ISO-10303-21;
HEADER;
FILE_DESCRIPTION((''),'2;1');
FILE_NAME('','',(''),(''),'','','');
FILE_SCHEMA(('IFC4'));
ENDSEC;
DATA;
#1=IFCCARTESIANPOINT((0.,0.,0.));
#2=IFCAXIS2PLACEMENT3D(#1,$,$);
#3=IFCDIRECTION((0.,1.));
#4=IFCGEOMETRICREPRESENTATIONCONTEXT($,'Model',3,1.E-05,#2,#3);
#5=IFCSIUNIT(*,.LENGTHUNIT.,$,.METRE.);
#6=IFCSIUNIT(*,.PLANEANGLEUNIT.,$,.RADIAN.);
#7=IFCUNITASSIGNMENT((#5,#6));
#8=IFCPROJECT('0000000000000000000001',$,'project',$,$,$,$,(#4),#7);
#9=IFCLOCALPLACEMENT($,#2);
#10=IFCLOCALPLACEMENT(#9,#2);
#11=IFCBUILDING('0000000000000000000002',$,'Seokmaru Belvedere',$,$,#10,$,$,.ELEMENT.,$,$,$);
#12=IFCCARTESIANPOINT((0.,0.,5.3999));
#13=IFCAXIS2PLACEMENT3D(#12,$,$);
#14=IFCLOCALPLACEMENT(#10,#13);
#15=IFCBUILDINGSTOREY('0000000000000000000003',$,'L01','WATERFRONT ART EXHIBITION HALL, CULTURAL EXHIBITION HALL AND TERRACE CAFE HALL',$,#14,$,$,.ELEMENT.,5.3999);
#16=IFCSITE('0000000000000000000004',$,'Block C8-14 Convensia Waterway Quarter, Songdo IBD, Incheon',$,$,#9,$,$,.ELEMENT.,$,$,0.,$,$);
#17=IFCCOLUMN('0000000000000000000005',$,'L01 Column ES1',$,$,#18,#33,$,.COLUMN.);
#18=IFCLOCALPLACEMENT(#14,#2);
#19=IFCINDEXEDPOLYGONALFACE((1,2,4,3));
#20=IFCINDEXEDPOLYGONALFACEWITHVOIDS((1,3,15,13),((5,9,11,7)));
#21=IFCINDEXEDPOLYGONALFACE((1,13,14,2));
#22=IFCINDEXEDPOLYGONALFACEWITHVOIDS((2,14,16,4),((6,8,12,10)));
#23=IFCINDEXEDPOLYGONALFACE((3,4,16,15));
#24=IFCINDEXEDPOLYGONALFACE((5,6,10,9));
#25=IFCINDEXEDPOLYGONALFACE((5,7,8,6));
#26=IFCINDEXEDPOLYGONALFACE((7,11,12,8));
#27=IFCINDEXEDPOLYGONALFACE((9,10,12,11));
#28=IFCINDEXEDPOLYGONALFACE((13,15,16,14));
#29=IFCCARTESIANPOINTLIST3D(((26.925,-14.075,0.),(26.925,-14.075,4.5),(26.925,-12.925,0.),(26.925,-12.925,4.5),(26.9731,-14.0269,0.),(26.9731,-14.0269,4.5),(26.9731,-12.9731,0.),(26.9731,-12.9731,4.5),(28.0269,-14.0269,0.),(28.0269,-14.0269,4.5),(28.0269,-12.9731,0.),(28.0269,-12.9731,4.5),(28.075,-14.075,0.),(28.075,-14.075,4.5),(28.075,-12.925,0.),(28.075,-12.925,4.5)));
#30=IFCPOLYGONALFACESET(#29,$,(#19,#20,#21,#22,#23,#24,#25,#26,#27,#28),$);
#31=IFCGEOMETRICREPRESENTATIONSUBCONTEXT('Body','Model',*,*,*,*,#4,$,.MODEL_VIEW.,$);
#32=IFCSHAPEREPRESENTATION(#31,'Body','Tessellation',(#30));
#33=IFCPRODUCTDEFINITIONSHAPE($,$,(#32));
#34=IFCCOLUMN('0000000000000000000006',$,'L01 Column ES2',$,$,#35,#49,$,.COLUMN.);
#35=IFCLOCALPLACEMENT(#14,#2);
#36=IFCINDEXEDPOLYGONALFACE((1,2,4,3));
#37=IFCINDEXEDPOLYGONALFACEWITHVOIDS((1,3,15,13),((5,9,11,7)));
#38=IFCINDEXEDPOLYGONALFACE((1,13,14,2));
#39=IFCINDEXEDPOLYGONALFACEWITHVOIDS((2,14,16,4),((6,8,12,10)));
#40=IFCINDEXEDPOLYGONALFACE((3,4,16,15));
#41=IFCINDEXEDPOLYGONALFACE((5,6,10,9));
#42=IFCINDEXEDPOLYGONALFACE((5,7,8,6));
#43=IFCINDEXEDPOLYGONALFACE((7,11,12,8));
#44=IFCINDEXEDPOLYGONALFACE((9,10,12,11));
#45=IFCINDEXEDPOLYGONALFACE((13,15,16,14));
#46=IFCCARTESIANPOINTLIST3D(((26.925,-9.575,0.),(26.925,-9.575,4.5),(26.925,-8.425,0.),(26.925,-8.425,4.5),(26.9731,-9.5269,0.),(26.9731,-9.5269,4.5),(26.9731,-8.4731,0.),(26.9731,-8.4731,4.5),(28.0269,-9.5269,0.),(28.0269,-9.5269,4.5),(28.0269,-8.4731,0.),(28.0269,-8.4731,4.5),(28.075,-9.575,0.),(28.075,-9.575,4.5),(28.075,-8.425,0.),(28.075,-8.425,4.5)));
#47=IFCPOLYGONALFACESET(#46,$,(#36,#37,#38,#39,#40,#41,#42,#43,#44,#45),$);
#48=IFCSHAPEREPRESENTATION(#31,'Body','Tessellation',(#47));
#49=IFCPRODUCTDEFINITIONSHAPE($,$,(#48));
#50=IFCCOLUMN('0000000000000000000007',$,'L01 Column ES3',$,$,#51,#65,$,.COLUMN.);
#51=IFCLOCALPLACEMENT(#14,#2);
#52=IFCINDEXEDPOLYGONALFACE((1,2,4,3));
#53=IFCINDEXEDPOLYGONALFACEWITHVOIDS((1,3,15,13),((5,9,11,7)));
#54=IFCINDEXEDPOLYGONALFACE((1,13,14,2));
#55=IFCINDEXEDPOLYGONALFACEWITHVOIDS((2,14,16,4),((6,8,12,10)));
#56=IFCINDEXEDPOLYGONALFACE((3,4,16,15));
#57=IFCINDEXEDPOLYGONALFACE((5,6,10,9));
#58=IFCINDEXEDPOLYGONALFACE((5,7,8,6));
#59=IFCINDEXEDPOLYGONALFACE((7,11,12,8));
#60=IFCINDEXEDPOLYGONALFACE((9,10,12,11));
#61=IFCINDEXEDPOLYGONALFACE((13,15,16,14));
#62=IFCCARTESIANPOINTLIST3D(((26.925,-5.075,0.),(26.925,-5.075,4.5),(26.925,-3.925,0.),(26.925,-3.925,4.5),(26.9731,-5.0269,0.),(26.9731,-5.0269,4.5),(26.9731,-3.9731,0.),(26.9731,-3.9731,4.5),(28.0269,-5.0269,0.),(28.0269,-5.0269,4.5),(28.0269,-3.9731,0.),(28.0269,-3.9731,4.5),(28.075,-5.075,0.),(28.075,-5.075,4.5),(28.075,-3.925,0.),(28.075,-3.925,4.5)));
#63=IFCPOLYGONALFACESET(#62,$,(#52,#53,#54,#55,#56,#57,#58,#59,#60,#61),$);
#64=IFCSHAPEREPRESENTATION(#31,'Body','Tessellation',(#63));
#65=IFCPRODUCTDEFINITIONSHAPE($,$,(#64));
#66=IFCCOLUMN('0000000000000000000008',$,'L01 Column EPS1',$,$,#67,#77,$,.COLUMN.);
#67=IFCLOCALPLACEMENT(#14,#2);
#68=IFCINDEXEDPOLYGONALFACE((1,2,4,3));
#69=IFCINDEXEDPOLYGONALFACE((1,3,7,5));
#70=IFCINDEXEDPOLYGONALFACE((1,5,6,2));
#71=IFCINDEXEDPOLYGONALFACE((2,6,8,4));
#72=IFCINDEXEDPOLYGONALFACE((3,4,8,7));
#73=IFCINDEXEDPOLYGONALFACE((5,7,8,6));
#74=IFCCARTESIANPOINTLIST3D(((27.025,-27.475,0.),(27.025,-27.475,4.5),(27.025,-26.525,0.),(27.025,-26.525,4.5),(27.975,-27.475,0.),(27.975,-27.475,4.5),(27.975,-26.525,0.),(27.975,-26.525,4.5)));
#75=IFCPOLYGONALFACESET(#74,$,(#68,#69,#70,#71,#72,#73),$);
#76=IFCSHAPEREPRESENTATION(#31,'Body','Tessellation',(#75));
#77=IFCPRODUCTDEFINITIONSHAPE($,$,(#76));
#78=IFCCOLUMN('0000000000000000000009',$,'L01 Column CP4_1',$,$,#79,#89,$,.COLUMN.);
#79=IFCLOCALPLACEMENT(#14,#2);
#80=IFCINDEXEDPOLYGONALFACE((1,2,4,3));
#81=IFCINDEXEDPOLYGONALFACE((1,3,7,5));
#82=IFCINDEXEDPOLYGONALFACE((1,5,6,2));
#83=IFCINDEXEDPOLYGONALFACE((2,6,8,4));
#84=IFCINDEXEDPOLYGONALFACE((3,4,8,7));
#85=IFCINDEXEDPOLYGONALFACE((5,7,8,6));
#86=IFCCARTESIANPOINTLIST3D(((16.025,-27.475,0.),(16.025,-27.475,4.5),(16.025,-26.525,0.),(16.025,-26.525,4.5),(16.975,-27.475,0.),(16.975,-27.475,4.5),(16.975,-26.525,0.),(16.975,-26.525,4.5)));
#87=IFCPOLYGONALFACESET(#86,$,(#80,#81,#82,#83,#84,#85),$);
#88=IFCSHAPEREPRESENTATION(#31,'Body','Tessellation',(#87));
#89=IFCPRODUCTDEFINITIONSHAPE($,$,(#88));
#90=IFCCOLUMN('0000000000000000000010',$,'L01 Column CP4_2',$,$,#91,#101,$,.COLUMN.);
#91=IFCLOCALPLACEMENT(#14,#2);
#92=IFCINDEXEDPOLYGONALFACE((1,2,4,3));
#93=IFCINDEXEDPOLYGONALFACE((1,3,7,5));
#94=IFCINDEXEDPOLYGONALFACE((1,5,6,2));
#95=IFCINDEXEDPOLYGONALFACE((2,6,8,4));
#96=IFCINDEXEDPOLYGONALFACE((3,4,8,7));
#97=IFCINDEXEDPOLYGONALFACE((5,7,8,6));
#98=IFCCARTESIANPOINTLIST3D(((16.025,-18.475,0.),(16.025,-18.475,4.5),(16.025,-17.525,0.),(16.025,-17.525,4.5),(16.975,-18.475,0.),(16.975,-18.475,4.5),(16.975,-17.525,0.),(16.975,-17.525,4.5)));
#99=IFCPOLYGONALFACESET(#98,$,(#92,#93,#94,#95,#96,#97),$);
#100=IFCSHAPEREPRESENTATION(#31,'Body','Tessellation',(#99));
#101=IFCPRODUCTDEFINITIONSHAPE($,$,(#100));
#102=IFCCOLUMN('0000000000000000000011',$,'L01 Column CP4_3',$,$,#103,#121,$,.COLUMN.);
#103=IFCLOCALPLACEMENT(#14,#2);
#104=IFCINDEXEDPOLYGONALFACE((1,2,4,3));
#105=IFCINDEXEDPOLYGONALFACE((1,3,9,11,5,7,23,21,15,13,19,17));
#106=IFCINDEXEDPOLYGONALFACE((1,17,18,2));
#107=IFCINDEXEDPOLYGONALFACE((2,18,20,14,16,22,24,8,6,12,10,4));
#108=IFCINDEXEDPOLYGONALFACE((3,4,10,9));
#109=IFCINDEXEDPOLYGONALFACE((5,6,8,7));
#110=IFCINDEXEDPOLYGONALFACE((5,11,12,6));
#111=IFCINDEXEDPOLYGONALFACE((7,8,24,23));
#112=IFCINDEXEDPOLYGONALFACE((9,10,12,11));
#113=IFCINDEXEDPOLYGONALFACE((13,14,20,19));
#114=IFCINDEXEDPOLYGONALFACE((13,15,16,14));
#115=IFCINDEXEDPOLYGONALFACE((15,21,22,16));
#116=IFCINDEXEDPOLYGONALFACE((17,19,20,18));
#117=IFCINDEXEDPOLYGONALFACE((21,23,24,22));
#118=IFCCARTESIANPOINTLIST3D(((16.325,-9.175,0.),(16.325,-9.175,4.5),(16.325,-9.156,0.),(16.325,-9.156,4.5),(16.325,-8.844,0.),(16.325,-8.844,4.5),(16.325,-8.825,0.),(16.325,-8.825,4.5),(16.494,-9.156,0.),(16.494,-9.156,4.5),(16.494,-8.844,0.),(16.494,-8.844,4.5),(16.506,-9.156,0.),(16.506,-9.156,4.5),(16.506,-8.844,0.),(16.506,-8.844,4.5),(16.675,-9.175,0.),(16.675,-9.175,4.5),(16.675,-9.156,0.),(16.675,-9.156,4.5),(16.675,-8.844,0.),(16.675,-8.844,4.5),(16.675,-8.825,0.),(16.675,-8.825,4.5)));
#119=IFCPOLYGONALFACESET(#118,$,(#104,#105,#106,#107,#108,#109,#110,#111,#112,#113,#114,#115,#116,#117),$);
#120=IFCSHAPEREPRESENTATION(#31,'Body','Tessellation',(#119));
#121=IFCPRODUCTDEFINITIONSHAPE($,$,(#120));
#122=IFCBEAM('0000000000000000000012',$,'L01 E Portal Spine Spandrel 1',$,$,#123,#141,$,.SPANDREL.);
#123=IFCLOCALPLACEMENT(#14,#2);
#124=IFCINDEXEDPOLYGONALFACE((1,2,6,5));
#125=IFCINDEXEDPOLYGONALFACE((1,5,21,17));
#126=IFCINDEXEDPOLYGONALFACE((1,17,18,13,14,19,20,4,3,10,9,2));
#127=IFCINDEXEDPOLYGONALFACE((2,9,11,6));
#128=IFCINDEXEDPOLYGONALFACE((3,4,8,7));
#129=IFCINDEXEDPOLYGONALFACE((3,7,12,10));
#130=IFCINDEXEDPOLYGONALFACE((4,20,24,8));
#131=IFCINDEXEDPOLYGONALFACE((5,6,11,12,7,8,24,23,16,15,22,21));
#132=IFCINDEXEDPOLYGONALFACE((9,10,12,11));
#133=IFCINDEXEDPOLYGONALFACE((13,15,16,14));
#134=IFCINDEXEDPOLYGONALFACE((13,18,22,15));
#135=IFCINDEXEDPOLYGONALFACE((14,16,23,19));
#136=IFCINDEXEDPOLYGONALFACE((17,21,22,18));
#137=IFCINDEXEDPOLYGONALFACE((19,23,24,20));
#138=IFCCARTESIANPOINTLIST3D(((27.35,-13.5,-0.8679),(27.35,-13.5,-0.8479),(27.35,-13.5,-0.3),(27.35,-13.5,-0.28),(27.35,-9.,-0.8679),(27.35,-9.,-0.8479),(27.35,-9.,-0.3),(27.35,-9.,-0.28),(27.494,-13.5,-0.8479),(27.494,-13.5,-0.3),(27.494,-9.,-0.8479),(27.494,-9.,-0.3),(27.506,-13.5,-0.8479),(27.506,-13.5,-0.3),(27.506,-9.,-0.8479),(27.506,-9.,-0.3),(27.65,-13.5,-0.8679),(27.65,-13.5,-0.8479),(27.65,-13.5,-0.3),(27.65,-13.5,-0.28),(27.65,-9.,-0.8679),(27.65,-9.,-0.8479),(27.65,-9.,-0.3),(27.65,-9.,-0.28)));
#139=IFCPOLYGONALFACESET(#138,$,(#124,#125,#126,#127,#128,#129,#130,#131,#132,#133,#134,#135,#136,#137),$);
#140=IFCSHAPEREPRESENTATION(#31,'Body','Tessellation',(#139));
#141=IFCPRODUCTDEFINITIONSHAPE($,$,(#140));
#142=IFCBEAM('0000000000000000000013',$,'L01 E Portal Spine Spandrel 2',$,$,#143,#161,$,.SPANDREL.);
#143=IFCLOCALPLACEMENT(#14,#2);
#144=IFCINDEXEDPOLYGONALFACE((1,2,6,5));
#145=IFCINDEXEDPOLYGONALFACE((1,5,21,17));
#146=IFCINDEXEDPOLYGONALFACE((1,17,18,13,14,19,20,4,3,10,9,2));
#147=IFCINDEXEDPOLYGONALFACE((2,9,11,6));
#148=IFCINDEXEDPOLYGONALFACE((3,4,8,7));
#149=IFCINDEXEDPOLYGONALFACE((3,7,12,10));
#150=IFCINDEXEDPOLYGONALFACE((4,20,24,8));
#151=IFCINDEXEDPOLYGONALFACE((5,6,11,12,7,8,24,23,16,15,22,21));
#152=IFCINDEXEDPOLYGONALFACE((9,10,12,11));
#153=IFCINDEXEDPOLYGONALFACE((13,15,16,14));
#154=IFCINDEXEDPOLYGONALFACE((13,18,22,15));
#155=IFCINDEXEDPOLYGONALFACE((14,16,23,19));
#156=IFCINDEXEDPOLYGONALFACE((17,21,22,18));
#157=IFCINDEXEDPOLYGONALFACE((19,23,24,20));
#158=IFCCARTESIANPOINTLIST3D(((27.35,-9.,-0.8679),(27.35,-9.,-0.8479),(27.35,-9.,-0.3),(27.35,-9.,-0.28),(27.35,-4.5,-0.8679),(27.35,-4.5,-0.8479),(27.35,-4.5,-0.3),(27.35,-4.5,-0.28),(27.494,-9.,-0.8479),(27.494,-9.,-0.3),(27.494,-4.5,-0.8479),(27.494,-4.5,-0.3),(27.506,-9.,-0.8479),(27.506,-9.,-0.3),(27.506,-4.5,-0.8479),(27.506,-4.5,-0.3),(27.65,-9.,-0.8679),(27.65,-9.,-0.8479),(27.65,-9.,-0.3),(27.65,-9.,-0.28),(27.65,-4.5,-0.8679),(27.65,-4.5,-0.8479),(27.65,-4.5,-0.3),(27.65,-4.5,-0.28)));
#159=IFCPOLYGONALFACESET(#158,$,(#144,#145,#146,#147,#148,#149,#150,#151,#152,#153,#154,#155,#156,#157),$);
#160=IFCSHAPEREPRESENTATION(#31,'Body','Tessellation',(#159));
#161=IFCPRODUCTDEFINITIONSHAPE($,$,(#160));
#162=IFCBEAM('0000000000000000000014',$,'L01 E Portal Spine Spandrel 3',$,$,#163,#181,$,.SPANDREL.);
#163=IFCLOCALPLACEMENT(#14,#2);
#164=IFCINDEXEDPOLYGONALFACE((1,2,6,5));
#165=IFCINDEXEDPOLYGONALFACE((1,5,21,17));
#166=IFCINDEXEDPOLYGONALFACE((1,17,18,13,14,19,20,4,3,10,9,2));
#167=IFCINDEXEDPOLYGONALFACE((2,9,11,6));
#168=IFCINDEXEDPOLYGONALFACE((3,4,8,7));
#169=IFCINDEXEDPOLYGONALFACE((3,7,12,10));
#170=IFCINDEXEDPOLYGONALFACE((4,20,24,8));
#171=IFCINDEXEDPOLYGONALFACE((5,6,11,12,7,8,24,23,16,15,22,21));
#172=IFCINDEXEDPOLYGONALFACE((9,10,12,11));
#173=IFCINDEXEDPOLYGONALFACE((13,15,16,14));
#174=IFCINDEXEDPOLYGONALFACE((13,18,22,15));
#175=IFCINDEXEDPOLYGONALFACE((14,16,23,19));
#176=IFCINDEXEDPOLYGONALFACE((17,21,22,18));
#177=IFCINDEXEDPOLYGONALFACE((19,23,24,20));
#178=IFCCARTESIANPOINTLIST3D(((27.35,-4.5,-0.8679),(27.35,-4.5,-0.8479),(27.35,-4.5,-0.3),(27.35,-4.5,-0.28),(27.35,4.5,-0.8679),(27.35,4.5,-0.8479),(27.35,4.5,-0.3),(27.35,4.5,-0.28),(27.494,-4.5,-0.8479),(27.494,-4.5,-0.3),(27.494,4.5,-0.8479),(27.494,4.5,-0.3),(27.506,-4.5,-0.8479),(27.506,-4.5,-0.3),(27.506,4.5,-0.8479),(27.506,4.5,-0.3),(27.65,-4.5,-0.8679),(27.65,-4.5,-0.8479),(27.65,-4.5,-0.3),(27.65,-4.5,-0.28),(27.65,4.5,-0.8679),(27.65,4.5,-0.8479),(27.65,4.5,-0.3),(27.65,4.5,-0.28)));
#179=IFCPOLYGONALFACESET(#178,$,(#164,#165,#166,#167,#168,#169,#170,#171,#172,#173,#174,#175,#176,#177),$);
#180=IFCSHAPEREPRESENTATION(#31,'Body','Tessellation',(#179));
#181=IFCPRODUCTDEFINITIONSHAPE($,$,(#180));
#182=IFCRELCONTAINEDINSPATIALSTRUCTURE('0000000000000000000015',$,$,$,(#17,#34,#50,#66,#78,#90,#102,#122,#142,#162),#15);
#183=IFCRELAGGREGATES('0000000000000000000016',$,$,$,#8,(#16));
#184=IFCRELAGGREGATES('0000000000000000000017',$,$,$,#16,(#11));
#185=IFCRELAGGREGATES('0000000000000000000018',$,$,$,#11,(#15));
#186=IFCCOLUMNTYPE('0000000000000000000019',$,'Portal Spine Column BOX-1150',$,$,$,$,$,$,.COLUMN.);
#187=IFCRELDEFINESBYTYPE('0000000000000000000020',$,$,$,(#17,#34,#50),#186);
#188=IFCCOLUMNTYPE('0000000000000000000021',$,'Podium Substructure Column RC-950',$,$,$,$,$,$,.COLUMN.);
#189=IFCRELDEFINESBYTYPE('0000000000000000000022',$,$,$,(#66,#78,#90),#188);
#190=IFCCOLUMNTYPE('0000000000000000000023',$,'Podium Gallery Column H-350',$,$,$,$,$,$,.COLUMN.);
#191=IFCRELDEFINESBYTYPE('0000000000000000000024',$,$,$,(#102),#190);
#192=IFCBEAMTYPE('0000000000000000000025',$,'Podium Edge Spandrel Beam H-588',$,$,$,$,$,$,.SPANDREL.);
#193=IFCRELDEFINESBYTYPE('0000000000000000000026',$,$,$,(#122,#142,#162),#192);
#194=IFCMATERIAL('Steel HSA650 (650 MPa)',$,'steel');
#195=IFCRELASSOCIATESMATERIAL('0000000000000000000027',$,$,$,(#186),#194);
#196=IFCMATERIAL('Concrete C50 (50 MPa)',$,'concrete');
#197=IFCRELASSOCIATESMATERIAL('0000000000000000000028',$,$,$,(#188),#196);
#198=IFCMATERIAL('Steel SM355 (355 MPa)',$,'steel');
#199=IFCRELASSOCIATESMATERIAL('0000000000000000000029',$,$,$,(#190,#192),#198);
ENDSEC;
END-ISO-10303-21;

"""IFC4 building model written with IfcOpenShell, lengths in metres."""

from ifc_helpers import new_model, si_unit, direction, frame, origin, origin_2d, place, context, subcontext, project, spatial, rectangle, hollow_rectangle, i_section, extrude, source, transform, mapped, material, material_profile, profile_set, type_object, type_shapes, element, save


model = new_model("IFC4")

# Units and contexts
model_context = context("Model", 3, precision=1e-05, world=origin(), true_north=direction((0.0, 1.0)))
body_context = subcontext(model_context, "Body", "Model", "MODEL_VIEW")
ifc_project = project(units=[si_unit("LENGTHUNIT", "METRE"), si_unit("PLANEANGLEUNIT", "RADIAN")], contexts=[model_context])

# Site, building, storey
site_placement = place(None, origin())
site = spatial("IfcSite", under=ifc_project, at=site_placement, Name="Block C8-14 Convensia Waterway Quarter, Songdo IBD, Incheon", CompositionType="ELEMENT", RefElevation=0.0)
building_placement = place(site_placement, origin())
building = spatial("IfcBuilding", under=site, at=building_placement, Name="Seokmaru Belvedere", CompositionType="ELEMENT")
storey_placement = place(building_placement, frame((0.0, 0.0, 5.3999)))
storey = spatial("IfcBuildingStorey", under=building, at=storey_placement, Name="L01", Description="WATERFRONT ART EXHIBITION HALL, CULTURAL EXHIBITION HALL AND TERRACE CAFE HALL", CompositionType="ELEMENT", Elevation=5.3999)

# Columns
ifc_material_1 = material(Name="Steel HSA650 (650 MPa)", Category="steel")
ifc_material_profile_1 = material_profile(ifc_material_1, hollow_rectangle(XDim=1.1499, YDim=1.1499, WallThickness=0.0481, at=origin_2d()), Name="BOX-1150x1150x48")
ifc_profile_set_1 = profile_set([ifc_material_profile_1], Name="Steel HSA650 (650 MPa)")
column_type_1 = type_object("IfcColumnType", Name="Portal Spine Column BOX-1150", PredefinedType="COLUMN", material=ifc_profile_set_1)
shared_shape_1 = source(origin(), body_context, "Body", "SweptSolid", [
    extrude(hollow_rectangle(XDim=1.1499, YDim=1.1499, WallThickness=0.0481, at=origin_2d()), origin(), (0.0, 0.0, 1.0), 4.5),
])
type_shapes(column_type_1, [shared_shape_1])
for number, where, z_axis, x_axis, name in (
    (1, (27.5, -13.5, 0.0), (0.0, 0.0, 1.0), (1.0, 0.0, 0.0), "L01 Column ES1"),
    (2, (27.5, -9.0, 0.0), (0.0, 0.0, 1.0), (1.0, 0.0, 0.0), "L01 Column ES2"),
    (3, (27.5, -4.5, 0.0), (0.0, 0.0, 1.0), (1.0, 0.0, 0.0), "L01 Column ES3"),
):
    element("IfcColumn", number, at=place(storey_placement, frame(where, z_axis=z_axis, x_axis=x_axis)), inside=storey, type_object=column_type_1, Name=name, PredefinedType="COLUMN", context=body_context, shape_type="MappedRepresentation", body=[
        mapped(shared_shape_1, transform((0.0, 0.0, 0.0), scale=1.0)),
    ])
ifc_material_2 = material(Name="Concrete C50 (50 MPa)", Category="concrete")
ifc_material_profile_2 = material_profile(ifc_material_2, rectangle(XDim=0.95, YDim=0.95, at=origin_2d()), Name="RC-950x950")
ifc_profile_set_2 = profile_set([ifc_material_profile_2], Name="Concrete C50 (50 MPa)")
column_type_2 = type_object("IfcColumnType", Name="Podium Substructure Column RC-950", PredefinedType="COLUMN", material=ifc_profile_set_2)
shared_shape_2 = source(origin(), body_context, "Body", "SweptSolid", [
    extrude(rectangle(XDim=0.95, YDim=0.95, at=origin_2d()), origin(), (0.0, 0.0, 1.0), 4.5),
])
type_shapes(column_type_2, [shared_shape_2])
for number, where, z_axis, x_axis, name in (
    (4, (27.5, -27.0, 0.0), (0.0, 0.0, 1.0), (1.0, 0.0, 0.0), "L01 Column EPS1"),
    (5, (16.5, -27.0, 0.0), (0.0, 0.0, 1.0), (1.0, 0.0, 0.0), "L01 Column CP4_1"),
    (6, (16.5, -18.0, 0.0), (0.0, 0.0, 1.0), (1.0, 0.0, 0.0), "L01 Column CP4_2"),
):
    element("IfcColumn", number, at=place(storey_placement, frame(where, z_axis=z_axis, x_axis=x_axis)), inside=storey, type_object=column_type_2, Name=name, PredefinedType="COLUMN", context=body_context, shape_type="MappedRepresentation", body=[
        mapped(shared_shape_2, transform((0.0, 0.0, 0.0), scale=1.0)),
    ])
ifc_material_3 = material(Name="Steel SM355 (355 MPa)", Category="steel")
ifc_material_profile_3 = material_profile(ifc_material_3, i_section(OverallWidth=0.3501, OverallDepth=0.3501, WebThickness=0.012, FlangeThickness=0.019, at=origin_2d()), Name="H-350x350x12x19")
ifc_profile_set_3 = profile_set([ifc_material_profile_3], Name="Steel SM355 (355 MPa)")
column_type_3 = type_object("IfcColumnType", Name="Podium Gallery Column H-350", PredefinedType="COLUMN", material=ifc_profile_set_3)
shared_shape_3 = source(origin(), body_context, "Body", "SweptSolid", [
    extrude(i_section(OverallWidth=0.3501, OverallDepth=0.3501, WebThickness=0.012, FlangeThickness=0.019, at=origin_2d()), origin(), (0.0, 0.0, 1.0), 4.5),
])
type_shapes(column_type_3, [shared_shape_3])
column_placement = place(storey_placement, frame((16.5, -9.0, 0.0), z_axis=(0.0, 0.0, 1.0), x_axis=(1.0, 0.0, 0.0)))
element("IfcColumn", 7, at=column_placement, inside=storey, type_object=column_type_3, Name="L01 Column CP4_3", PredefinedType="COLUMN", context=body_context, shape_type="MappedRepresentation", body=[
    mapped(shared_shape_3, transform((0.0, 0.0, 0.0), scale=1.0)),
])

# Beams
ifc_material_profile_4 = material_profile(ifc_material_3, i_section(OverallWidth=0.3, OverallDepth=0.5879, WebThickness=0.012, FlangeThickness=0.02, at=origin_2d()), Name="H-588x300x12x20")
ifc_profile_set_4 = profile_set([ifc_material_profile_4], Name="Steel SM355 (355 MPa)")
beam_type_1 = type_object("IfcBeamType", Name="Podium Edge Spandrel Beam H-588", PredefinedType="SPANDREL", material=ifc_profile_set_4)
shared_shape_4 = source(origin(), body_context, "Body", "SweptSolid", [
    extrude(i_section(OverallWidth=0.3, OverallDepth=0.5879, WebThickness=0.012, FlangeThickness=0.02, at=origin_2d()), origin(), (0.0, 0.0, 1.0), 4.5),
])
for number, where, z_axis, x_axis, name in (
    (8, (27.5, -13.5, -0.574), (0.0, 1.0, 0.0), (-1.0, 0.0, 0.0), "L01 E Portal Spine Spandrel 1"),
    (9, (27.5, -9.0, -0.574), (0.0, 1.0, 0.0), (-1.0, 0.0, 0.0), "L01 E Portal Spine Spandrel 2"),
):
    element("IfcBeam", number, at=place(storey_placement, frame(where, z_axis=z_axis, x_axis=x_axis)), inside=storey, type_object=beam_type_1, Name=name, PredefinedType="SPANDREL", context=body_context, shape_type="MappedRepresentation", body=[
        mapped(shared_shape_4, transform((0.0, 0.0, 0.0), scale=1.0)),
    ])
shared_shape_5 = source(origin(), body_context, "Body", "SweptSolid", [
    extrude(i_section(OverallWidth=0.3, OverallDepth=0.5879, WebThickness=0.012, FlangeThickness=0.02, at=origin_2d()), origin(), (0.0, 0.0, 1.0), 9.0),
])
type_shapes(beam_type_1, [shared_shape_4, shared_shape_5])
beam_1_placement = place(storey_placement, frame((27.5, -4.5, -0.574), z_axis=(0.0, 1.0, 0.0), x_axis=(-1.0, 0.0, 0.0)))
element("IfcBeam", 10, at=beam_1_placement, inside=storey, type_object=beam_type_1, Name="L01 E Portal Spine Spandrel 3", PredefinedType="SPANDREL", context=body_context, shape_type="MappedRepresentation", body=[
    mapped(shared_shape_5, transform((0.0, 0.0, 0.0), scale=1.0)),
])

save(model, "model.ifc")
